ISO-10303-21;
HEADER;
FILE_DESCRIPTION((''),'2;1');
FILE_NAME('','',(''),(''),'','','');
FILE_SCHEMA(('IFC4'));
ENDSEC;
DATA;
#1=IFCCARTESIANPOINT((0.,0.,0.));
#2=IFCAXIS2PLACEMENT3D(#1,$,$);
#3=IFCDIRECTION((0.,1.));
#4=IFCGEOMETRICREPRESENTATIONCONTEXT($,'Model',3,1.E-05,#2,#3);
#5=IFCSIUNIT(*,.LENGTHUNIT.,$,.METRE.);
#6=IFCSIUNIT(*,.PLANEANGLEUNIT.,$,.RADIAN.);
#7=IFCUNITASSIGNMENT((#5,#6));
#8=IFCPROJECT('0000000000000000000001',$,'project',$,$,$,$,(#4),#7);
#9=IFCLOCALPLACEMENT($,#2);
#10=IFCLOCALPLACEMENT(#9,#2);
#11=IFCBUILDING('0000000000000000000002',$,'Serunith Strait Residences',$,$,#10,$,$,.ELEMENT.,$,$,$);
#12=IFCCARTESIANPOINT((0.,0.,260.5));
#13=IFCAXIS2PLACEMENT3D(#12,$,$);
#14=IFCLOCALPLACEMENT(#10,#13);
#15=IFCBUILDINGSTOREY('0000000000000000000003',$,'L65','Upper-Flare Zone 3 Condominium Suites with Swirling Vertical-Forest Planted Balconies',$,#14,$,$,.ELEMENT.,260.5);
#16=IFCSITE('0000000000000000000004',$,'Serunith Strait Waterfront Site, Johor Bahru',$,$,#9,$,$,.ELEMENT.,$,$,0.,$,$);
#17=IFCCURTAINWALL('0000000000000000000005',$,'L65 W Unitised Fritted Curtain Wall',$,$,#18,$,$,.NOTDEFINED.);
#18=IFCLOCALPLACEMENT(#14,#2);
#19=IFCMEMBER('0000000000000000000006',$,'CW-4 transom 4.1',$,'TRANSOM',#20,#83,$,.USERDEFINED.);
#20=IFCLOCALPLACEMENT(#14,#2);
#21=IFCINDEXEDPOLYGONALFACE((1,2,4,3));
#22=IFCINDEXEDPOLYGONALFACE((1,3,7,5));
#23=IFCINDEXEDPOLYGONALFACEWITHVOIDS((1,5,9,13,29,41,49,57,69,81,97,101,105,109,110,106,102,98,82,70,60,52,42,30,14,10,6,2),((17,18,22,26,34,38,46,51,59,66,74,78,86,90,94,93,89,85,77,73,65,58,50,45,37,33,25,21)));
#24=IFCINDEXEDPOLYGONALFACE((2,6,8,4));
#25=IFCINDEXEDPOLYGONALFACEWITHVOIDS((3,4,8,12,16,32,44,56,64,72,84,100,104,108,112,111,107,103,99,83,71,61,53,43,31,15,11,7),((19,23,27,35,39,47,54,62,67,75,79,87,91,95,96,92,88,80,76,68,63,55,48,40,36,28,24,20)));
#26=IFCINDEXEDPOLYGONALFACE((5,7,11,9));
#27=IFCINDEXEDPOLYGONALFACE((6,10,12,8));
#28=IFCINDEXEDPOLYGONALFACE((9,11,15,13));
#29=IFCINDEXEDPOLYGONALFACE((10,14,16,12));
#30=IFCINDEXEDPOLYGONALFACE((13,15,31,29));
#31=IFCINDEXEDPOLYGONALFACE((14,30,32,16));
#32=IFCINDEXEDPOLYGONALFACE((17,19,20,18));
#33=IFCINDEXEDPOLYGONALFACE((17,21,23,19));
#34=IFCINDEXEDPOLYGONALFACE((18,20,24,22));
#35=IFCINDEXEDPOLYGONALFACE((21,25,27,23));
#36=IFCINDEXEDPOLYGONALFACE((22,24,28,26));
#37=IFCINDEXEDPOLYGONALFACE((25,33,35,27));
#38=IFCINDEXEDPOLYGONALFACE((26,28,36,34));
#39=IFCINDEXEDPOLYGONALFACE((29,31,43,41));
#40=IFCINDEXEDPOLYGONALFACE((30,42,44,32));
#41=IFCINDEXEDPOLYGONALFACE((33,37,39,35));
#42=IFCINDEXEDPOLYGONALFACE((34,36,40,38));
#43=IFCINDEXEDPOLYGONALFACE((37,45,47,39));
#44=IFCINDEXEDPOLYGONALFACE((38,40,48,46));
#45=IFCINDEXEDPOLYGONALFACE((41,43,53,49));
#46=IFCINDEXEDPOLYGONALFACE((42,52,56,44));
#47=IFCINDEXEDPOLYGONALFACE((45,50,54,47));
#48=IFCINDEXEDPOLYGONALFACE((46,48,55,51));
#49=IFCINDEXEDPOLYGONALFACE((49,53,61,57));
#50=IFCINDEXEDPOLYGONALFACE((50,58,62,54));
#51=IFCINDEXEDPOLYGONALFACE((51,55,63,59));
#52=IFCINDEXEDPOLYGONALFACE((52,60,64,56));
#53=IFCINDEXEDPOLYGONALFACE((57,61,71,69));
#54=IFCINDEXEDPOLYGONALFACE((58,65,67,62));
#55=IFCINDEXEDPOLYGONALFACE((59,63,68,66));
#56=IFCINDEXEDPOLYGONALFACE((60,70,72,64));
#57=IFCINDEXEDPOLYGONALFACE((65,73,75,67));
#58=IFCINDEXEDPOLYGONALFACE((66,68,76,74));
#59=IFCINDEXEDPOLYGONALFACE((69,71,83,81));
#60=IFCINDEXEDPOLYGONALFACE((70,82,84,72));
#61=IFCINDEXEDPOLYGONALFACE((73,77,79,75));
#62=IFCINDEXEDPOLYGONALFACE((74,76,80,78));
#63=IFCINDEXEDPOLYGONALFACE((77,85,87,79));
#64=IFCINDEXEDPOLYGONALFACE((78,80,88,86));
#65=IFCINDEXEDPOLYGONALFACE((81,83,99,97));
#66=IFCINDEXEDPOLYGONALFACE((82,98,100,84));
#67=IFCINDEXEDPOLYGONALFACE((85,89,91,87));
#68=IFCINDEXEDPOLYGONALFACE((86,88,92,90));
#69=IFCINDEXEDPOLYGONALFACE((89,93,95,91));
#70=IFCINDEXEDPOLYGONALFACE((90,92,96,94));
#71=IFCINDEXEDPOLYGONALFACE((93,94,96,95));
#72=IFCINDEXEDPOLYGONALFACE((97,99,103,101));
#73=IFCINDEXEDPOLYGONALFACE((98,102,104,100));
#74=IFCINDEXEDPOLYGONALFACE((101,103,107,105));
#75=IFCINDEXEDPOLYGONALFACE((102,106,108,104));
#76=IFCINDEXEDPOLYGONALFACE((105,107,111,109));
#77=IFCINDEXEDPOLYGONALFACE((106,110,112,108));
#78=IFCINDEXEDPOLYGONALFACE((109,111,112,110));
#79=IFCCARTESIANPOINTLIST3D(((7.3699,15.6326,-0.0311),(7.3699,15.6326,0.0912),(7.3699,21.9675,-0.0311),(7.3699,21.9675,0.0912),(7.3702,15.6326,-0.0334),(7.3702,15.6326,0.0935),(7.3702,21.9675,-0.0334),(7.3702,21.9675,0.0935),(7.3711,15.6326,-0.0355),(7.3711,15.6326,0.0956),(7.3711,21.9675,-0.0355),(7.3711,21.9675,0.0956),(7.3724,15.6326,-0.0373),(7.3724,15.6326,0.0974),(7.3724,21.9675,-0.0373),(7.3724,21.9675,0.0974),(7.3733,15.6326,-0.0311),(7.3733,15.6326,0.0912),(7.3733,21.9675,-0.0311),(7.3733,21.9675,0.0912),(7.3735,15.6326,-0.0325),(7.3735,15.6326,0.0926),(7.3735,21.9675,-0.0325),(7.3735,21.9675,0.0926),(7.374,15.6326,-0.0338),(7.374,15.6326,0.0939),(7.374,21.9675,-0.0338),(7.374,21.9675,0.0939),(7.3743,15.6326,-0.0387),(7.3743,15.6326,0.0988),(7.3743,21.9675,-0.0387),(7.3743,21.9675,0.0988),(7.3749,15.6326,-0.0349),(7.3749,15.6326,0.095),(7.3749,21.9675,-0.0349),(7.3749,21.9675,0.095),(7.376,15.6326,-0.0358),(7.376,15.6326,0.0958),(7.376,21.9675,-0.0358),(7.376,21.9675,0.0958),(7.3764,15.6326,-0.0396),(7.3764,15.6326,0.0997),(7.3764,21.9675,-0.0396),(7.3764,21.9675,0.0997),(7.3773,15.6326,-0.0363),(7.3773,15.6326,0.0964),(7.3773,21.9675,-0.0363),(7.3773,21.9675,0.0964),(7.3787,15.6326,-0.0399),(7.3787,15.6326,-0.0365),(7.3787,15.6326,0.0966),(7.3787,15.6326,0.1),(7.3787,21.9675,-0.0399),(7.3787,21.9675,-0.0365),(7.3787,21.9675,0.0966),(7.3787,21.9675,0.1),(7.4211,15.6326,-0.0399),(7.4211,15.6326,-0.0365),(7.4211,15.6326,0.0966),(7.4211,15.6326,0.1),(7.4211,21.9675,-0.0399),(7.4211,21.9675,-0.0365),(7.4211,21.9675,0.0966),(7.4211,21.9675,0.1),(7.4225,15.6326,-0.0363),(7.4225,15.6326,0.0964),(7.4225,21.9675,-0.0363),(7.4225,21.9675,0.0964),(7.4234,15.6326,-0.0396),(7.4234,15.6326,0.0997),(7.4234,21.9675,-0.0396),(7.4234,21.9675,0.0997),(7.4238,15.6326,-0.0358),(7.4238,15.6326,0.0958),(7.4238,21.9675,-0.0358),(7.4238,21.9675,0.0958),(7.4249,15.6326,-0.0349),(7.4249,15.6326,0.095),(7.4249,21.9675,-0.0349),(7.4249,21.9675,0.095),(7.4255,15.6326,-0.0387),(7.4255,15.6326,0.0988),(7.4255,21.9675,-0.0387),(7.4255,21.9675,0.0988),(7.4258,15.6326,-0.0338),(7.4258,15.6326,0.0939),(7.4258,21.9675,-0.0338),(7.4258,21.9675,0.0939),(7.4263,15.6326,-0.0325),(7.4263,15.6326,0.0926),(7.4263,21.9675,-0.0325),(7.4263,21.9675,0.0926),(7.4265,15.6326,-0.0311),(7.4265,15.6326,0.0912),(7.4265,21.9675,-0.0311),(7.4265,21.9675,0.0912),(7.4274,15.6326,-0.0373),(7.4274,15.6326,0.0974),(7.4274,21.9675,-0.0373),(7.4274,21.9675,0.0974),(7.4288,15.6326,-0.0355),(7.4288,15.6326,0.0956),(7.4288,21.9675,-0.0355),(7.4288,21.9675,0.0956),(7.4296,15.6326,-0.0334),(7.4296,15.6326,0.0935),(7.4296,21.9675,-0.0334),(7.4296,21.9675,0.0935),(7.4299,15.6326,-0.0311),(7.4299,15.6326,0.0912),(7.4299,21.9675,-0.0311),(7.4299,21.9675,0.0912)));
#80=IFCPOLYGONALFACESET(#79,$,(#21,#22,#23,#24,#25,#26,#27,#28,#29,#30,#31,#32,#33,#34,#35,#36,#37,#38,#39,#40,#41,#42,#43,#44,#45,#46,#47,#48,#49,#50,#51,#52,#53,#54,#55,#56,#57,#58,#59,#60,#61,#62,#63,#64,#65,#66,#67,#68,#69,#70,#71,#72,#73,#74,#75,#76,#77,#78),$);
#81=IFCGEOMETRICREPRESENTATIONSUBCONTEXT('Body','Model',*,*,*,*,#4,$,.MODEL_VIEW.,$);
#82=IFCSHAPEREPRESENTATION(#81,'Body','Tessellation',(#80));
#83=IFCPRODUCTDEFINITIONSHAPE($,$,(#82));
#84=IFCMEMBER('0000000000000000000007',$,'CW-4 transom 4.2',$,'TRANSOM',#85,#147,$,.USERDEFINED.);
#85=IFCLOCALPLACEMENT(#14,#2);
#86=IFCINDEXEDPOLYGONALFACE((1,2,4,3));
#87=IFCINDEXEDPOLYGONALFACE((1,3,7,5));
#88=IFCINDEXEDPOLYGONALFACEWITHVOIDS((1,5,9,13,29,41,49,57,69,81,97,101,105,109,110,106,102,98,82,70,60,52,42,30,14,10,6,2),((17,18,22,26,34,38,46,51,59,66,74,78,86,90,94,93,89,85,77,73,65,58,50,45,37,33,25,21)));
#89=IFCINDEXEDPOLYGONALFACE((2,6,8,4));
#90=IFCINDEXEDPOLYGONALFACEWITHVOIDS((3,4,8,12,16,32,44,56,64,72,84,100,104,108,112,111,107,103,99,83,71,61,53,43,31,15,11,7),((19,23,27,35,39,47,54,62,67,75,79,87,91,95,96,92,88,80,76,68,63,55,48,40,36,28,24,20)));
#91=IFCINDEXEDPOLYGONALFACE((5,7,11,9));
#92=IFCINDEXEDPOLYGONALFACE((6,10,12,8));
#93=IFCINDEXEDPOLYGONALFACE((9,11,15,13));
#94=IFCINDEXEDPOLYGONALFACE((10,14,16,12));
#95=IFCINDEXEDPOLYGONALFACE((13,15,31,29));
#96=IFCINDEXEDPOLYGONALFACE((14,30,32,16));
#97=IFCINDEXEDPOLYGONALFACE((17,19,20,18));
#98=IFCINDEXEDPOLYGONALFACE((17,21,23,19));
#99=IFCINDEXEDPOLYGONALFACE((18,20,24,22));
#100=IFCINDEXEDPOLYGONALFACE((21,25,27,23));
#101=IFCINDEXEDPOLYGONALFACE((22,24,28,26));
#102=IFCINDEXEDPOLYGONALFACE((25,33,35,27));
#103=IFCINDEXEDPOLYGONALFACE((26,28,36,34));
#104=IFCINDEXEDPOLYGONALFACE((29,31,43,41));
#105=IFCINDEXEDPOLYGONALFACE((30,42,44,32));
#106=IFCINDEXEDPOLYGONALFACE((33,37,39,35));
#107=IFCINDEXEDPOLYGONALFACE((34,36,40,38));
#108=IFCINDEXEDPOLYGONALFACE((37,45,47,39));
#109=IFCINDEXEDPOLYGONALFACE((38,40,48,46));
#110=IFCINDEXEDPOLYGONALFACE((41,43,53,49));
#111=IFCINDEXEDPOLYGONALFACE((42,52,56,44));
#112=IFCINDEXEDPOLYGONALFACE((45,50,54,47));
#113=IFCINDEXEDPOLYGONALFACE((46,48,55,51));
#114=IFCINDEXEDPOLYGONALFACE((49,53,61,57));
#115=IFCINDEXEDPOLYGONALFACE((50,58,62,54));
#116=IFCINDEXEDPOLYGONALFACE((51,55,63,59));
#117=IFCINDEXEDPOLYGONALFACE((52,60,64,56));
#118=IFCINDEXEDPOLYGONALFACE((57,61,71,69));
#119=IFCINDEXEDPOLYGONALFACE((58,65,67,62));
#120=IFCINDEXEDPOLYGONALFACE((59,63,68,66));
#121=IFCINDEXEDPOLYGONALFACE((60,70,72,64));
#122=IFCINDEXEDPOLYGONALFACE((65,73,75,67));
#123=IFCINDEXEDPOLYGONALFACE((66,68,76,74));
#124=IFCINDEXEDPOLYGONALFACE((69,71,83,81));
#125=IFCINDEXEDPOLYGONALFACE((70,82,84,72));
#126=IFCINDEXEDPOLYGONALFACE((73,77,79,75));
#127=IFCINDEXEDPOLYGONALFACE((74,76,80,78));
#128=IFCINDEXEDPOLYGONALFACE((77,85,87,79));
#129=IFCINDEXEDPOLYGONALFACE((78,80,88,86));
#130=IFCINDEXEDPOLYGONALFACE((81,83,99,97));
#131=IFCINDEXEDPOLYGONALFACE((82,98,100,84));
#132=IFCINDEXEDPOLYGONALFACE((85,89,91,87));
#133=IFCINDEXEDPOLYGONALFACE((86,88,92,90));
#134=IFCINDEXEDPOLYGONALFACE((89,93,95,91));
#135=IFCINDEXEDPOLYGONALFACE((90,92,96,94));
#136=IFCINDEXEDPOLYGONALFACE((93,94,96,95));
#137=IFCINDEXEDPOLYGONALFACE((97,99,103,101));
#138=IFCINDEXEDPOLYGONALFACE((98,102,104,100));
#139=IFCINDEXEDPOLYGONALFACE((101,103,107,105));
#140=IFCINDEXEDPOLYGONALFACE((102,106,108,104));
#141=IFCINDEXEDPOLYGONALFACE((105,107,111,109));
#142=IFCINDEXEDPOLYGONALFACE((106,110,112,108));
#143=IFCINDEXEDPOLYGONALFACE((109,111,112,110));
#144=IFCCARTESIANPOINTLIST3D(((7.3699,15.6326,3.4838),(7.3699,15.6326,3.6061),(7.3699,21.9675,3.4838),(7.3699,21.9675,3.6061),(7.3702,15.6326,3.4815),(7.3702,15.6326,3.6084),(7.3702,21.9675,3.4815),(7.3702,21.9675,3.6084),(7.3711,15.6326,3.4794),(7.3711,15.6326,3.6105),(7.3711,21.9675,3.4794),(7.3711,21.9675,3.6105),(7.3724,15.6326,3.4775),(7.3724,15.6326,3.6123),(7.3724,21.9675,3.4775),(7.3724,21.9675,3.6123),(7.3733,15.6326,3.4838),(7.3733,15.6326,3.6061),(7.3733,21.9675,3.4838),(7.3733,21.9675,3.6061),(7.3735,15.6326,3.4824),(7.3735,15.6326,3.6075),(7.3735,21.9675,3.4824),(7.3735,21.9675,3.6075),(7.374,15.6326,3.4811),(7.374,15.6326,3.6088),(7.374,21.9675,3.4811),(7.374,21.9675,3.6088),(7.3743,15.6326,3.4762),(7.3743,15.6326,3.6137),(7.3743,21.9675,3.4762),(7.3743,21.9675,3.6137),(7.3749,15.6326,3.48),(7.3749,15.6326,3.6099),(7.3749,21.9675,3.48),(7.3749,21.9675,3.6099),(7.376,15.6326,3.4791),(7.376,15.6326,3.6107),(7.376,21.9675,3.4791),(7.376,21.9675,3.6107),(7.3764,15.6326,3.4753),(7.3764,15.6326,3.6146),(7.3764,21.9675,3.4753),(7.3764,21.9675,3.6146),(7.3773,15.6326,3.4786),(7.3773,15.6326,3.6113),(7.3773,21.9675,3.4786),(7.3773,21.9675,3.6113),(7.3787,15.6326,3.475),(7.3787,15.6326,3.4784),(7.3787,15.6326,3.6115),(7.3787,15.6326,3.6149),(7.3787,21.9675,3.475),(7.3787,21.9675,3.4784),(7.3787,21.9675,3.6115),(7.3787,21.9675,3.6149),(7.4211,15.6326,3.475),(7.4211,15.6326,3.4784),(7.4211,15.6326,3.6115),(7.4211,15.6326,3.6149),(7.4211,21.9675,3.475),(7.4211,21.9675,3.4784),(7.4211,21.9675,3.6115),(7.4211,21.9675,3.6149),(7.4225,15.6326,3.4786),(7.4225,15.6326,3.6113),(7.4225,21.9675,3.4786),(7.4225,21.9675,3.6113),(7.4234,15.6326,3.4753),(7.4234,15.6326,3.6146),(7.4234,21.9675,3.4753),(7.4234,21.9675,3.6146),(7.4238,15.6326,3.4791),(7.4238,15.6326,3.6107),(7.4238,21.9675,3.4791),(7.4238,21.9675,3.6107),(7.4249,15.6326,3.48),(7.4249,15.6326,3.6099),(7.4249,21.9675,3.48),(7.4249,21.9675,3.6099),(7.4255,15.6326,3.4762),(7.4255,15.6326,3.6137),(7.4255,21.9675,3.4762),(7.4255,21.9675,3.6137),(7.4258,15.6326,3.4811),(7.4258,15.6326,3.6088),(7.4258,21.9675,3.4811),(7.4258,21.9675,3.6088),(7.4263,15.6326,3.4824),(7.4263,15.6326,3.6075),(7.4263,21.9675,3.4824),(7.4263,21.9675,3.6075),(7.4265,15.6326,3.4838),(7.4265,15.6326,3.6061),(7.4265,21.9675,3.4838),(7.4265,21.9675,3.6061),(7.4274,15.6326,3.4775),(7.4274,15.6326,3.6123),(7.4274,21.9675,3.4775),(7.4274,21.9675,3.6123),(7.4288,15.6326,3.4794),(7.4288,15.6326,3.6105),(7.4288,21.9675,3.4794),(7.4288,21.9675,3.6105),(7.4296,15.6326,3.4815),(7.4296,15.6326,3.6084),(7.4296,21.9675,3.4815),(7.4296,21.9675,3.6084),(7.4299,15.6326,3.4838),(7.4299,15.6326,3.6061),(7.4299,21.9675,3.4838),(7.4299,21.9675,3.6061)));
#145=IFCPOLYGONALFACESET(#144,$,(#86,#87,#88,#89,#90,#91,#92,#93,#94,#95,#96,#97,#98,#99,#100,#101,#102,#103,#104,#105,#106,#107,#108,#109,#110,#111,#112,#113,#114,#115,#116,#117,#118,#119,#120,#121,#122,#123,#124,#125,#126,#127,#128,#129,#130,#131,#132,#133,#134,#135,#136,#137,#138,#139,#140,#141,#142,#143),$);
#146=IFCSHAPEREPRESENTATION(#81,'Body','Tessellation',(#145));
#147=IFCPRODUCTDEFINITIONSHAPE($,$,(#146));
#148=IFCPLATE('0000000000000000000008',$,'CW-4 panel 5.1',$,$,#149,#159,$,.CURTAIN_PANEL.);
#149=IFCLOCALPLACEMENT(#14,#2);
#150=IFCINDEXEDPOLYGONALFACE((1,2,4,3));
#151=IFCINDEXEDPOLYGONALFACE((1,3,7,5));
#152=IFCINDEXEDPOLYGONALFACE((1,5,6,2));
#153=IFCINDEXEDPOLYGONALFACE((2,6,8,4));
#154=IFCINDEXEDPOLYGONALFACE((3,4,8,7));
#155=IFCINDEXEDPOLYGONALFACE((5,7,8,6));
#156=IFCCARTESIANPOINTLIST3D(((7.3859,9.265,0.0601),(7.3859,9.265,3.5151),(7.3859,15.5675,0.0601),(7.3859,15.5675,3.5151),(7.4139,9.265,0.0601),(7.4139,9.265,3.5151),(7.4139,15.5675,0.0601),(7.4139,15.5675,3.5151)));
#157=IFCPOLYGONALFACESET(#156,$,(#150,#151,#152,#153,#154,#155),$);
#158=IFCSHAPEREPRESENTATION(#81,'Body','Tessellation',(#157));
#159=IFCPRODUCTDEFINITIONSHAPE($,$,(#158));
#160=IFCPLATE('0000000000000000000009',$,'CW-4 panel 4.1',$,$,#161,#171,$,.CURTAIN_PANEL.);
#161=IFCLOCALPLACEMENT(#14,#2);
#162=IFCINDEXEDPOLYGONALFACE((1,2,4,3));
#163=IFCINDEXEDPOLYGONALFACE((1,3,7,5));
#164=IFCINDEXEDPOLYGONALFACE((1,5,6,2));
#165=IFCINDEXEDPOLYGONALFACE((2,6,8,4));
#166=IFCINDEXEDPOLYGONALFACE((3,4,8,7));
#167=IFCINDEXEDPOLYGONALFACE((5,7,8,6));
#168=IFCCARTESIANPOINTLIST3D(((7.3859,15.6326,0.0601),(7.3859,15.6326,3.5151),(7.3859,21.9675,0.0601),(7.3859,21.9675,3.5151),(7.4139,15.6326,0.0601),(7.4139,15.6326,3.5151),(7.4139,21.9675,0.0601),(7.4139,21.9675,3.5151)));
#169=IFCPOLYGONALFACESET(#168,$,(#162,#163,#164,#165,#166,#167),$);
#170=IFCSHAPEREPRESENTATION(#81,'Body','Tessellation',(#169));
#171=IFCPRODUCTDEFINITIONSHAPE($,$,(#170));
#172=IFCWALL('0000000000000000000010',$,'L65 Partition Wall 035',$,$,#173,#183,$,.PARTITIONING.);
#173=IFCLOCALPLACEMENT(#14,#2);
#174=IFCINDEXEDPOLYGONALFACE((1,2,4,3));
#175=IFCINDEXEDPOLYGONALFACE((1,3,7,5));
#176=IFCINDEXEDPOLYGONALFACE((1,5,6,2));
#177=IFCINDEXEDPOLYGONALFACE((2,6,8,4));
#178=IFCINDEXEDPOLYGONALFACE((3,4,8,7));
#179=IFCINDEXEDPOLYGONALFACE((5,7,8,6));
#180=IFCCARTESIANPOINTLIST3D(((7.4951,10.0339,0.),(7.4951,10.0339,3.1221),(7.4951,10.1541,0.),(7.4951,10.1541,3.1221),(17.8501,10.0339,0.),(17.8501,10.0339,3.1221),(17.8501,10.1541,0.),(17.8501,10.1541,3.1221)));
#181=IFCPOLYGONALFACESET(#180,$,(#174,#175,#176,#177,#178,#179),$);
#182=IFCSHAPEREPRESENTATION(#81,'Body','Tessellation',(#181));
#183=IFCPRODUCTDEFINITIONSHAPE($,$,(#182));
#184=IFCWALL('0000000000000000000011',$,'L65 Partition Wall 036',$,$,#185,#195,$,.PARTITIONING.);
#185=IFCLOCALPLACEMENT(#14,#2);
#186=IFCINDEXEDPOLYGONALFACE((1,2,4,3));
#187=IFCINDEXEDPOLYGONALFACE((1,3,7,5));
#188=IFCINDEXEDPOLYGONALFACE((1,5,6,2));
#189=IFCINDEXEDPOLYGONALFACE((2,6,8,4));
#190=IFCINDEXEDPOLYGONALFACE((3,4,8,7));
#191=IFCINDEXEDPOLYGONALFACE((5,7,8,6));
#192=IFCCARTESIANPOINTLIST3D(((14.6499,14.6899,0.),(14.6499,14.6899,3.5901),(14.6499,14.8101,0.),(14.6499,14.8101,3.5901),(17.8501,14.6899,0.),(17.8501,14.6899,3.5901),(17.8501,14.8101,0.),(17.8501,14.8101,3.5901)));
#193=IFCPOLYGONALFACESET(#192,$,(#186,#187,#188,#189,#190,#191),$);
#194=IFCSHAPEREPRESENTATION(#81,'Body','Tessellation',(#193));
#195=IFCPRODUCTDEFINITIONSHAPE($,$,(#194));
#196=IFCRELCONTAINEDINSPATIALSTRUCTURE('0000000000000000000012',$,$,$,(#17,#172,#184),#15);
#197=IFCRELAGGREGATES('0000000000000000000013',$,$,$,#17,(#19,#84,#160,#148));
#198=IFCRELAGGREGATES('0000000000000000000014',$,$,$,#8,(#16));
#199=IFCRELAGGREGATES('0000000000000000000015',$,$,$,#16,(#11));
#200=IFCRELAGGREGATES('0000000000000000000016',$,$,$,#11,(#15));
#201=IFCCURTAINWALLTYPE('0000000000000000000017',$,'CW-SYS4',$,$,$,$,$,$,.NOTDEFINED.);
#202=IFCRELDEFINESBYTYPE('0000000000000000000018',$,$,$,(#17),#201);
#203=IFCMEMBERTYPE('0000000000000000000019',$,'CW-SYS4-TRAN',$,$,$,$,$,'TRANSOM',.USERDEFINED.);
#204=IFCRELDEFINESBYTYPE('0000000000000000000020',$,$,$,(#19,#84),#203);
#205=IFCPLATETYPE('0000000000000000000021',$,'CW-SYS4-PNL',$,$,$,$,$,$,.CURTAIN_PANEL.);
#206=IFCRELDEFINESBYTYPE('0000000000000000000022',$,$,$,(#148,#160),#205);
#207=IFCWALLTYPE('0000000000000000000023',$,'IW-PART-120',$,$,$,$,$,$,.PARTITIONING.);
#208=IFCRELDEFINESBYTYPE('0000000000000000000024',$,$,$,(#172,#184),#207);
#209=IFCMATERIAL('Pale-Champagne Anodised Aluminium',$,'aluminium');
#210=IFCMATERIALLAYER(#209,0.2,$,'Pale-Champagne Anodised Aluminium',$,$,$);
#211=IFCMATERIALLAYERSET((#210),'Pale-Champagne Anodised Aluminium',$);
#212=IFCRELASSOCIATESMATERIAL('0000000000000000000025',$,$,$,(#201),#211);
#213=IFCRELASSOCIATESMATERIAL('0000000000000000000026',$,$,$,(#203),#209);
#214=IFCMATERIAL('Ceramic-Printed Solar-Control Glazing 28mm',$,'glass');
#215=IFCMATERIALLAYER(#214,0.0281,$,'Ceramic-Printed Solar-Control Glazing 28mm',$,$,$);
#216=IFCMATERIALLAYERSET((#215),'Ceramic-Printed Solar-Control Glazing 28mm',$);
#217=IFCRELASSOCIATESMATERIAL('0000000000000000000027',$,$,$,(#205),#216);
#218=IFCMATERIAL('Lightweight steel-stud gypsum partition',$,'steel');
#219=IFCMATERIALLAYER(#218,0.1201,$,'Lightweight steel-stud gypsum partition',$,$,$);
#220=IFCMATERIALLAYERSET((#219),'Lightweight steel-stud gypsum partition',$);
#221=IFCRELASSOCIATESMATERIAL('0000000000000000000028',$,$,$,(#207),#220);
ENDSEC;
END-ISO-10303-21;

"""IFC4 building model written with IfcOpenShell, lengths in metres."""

from ifc_helpers import new_model, si_unit, direction, frame, frame_2d, origin, origin_2d, place, context, subcontext, project, spatial, rectangle, hollow_rectangle, extrude, source, transform, mapped, material, layer, layer_set, material_profile, profile_set, type_object, element, aggregate, save


model = new_model("IFC4")

# Units and contexts
model_context = context("Model", 3, precision=1e-05, world=origin(), true_north=direction((0.0, 1.0)))
body_context = subcontext(model_context, "Body", "Model", "MODEL_VIEW")
ifc_project = project(units=[si_unit("LENGTHUNIT", "METRE"), si_unit("PLANEANGLEUNIT", "RADIAN")], contexts=[model_context])

# Site, building, storey
site_placement = place(None, origin())
site = spatial("IfcSite", under=ifc_project, at=site_placement, Name="Serunith Strait Waterfront Site, Johor Bahru", CompositionType="ELEMENT", RefElevation=0.0)
building_placement = place(site_placement, origin())
building = spatial("IfcBuilding", under=site, at=building_placement, Name="Serunith Strait Residences", CompositionType="ELEMENT")
storey_placement = place(building_placement, frame((0.0, 0.0, 260.5)))
storey = spatial("IfcBuildingStorey", under=building, at=storey_placement, Name="L65", Description="Upper-Flare Zone 3 Condominium Suites with Swirling Vertical-Forest Planted Balconies", CompositionType="ELEMENT", Elevation=260.5)

# Curtain wall, members, plates
ifc_material_1 = material(Name="Pale-Champagne Anodised Aluminium", Category="aluminium")
ifc_layer_1 = layer(ifc_material_1, 0.2, Name="Pale-Champagne Anodised Aluminium")
ifc_layer_set_1 = layer_set([ifc_layer_1], Name="Pale-Champagne Anodised Aluminium")
curtain_wall_type = type_object("IfcCurtainWallType", Name="CW-SYS4", PredefinedType="NOTDEFINED", material=ifc_layer_set_1)
curtain_wall_placement = place(storey_placement, origin())
curtain_wall = element("IfcCurtainWall", 1, at=curtain_wall_placement, inside=storey, type_object=curtain_wall_type, Name="L65 W Unitised Fritted Curtain Wall", PredefinedType="NOTDEFINED")
ifc_material_profile_1 = material_profile(ifc_material_1, hollow_rectangle(XDim=0.0601, YDim=0.1399, WallThickness=0.0034, InnerFilletRadius=0.0054, OuterFilletRadius=0.0088, at=origin_2d()), Name="ALU 140x60x3.5")
ifc_profile_set_1 = profile_set([ifc_material_profile_1], Name="Pale-Champagne Anodised Aluminium")
member_type_1 = type_object("IfcMemberType", Name="CW-SYS4-TRAN", ElementType="TRANSOM", PredefinedType="USERDEFINED", material=ifc_profile_set_1)
shared_shape_1 = source(origin(), body_context, "Body", "SweptSolid", [
    extrude(hollow_rectangle(XDim=0.0601, YDim=0.1399, WallThickness=0.0034, InnerFilletRadius=0.0054, OuterFilletRadius=0.0088, at=origin_2d()), origin(), (0.0, 0.0, 1.0), 6.335),
])
member_1_placement = place(storey_placement, frame((7.3999, 21.9675, 0.03), z_axis=(0.0, -1.0, 0.0), x_axis=(1.0, 0.0, 0.0)))
member_1 = element("IfcMember", 2, at=member_1_placement, type_object=member_type_1, Name="CW-4 transom 4.1", ObjectType="TRANSOM", PredefinedType="USERDEFINED", context=body_context, shape_type="MappedRepresentation", body=[
    mapped(shared_shape_1, transform((0.0, 0.0, 0.0), scale=1.0)),
])
member_2_placement = place(storey_placement, frame((7.3999, 21.9675, 3.5449), z_axis=(0.0, -1.0, 0.0), x_axis=(1.0, 0.0, 0.0)))
member_2 = element("IfcMember", 3, at=member_2_placement, type_object=member_type_1, Name="CW-4 transom 4.2", ObjectType="TRANSOM", PredefinedType="USERDEFINED", context=body_context, shape_type="MappedRepresentation", body=[
    mapped(shared_shape_1, transform((0.0, 0.0, 0.0), scale=1.0)),
])
ifc_material_2 = material(Name="Ceramic-Printed Solar-Control Glazing 28mm", Category="glass")
ifc_layer_2 = layer(ifc_material_2, 0.0281, Name="Ceramic-Printed Solar-Control Glazing 28mm")
ifc_layer_set_2 = layer_set([ifc_layer_2], Name="Ceramic-Printed Solar-Control Glazing 28mm")
plate_type = type_object("IfcPlateType", Name="CW-SYS4-PNL", PredefinedType="CURTAIN_PANEL", material=ifc_layer_set_2)
shared_shape_2 = source(origin(), body_context, "Body", "SweptSolid", [
    extrude(rectangle(XDim=6.3025, YDim=0.0281, at=origin_2d()), origin(), (0.0, 0.0, 1.0), 3.4551),
])
plate_1_placement = place(storey_placement, frame((7.3999, 12.4163, 0.0601), z_axis=(0.0, 0.0, 1.0), x_axis=(0.0, -1.0, 0.0)))
plate_1 = element("IfcPlate", 4, at=plate_1_placement, type_object=plate_type, Name="CW-4 panel 5.1", PredefinedType="CURTAIN_PANEL", context=body_context, shape_type="MappedRepresentation", body=[
    mapped(shared_shape_2, transform((0.0, 0.0, 0.0), scale=1.0)),
])
shared_shape_3 = source(origin(), body_context, "Body", "SweptSolid", [
    extrude(rectangle(XDim=6.335, YDim=0.0281, at=origin_2d()), origin(), (0.0, 0.0, 1.0), 3.4551),
])
plate_2_placement = place(storey_placement, frame((7.3999, 18.8, 0.0601), z_axis=(0.0, 0.0, 1.0), x_axis=(0.0, -1.0, 0.0)))
plate_2 = element("IfcPlate", 5, at=plate_2_placement, type_object=plate_type, Name="CW-4 panel 4.1", PredefinedType="CURTAIN_PANEL", context=body_context, shape_type="MappedRepresentation", body=[
    mapped(shared_shape_3, transform((0.0, 0.0, 0.0), scale=1.0)),
])
aggregate(curtain_wall, [member_1, member_2, plate_2, plate_1])

# Walls
ifc_material_3 = material(Name="Lightweight steel-stud gypsum partition", Category="steel")
ifc_layer_3 = layer(ifc_material_3, 0.1201, Name="Lightweight steel-stud gypsum partition")
ifc_layer_set_3 = layer_set([ifc_layer_3], Name="Lightweight steel-stud gypsum partition")
wall_type_1 = type_object("IfcWallType", Name="IW-PART-120", PredefinedType="PARTITIONING", material=ifc_layer_set_3)
wall_1_placement = place(storey_placement, frame((7.4951, 10.094, 0.0), z_axis=(0.0, 0.0, 1.0), x_axis=(1.0, 0.0, 0.0)))
element("IfcWall", 6, at=wall_1_placement, inside=storey, type_object=wall_type_1, Name="L65 Partition Wall 035", PredefinedType="PARTITIONING", context=body_context, shape_type="SweptSolid", body=[
    extrude(rectangle(XDim=10.355, YDim=0.1201, at=frame_2d((5.1775, 0.0))), origin(), (0.0, 0.0, 1.0), 3.1221),
])
wall_2_placement = place(storey_placement, frame((14.6499, 14.75, 0.0), z_axis=(0.0, 0.0, 1.0), x_axis=(1.0, 0.0, 0.0)))
element("IfcWall", 7, at=wall_2_placement, inside=storey, type_object=wall_type_1, Name="L65 Partition Wall 036", PredefinedType="PARTITIONING", context=body_context, shape_type="SweptSolid", body=[
    extrude(rectangle(XDim=3.2002, YDim=0.1201, at=frame_2d((1.6001, 0.0))), origin(), (0.0, 0.0, 1.0), 3.5901),
])

save(model, "model.ifc")
